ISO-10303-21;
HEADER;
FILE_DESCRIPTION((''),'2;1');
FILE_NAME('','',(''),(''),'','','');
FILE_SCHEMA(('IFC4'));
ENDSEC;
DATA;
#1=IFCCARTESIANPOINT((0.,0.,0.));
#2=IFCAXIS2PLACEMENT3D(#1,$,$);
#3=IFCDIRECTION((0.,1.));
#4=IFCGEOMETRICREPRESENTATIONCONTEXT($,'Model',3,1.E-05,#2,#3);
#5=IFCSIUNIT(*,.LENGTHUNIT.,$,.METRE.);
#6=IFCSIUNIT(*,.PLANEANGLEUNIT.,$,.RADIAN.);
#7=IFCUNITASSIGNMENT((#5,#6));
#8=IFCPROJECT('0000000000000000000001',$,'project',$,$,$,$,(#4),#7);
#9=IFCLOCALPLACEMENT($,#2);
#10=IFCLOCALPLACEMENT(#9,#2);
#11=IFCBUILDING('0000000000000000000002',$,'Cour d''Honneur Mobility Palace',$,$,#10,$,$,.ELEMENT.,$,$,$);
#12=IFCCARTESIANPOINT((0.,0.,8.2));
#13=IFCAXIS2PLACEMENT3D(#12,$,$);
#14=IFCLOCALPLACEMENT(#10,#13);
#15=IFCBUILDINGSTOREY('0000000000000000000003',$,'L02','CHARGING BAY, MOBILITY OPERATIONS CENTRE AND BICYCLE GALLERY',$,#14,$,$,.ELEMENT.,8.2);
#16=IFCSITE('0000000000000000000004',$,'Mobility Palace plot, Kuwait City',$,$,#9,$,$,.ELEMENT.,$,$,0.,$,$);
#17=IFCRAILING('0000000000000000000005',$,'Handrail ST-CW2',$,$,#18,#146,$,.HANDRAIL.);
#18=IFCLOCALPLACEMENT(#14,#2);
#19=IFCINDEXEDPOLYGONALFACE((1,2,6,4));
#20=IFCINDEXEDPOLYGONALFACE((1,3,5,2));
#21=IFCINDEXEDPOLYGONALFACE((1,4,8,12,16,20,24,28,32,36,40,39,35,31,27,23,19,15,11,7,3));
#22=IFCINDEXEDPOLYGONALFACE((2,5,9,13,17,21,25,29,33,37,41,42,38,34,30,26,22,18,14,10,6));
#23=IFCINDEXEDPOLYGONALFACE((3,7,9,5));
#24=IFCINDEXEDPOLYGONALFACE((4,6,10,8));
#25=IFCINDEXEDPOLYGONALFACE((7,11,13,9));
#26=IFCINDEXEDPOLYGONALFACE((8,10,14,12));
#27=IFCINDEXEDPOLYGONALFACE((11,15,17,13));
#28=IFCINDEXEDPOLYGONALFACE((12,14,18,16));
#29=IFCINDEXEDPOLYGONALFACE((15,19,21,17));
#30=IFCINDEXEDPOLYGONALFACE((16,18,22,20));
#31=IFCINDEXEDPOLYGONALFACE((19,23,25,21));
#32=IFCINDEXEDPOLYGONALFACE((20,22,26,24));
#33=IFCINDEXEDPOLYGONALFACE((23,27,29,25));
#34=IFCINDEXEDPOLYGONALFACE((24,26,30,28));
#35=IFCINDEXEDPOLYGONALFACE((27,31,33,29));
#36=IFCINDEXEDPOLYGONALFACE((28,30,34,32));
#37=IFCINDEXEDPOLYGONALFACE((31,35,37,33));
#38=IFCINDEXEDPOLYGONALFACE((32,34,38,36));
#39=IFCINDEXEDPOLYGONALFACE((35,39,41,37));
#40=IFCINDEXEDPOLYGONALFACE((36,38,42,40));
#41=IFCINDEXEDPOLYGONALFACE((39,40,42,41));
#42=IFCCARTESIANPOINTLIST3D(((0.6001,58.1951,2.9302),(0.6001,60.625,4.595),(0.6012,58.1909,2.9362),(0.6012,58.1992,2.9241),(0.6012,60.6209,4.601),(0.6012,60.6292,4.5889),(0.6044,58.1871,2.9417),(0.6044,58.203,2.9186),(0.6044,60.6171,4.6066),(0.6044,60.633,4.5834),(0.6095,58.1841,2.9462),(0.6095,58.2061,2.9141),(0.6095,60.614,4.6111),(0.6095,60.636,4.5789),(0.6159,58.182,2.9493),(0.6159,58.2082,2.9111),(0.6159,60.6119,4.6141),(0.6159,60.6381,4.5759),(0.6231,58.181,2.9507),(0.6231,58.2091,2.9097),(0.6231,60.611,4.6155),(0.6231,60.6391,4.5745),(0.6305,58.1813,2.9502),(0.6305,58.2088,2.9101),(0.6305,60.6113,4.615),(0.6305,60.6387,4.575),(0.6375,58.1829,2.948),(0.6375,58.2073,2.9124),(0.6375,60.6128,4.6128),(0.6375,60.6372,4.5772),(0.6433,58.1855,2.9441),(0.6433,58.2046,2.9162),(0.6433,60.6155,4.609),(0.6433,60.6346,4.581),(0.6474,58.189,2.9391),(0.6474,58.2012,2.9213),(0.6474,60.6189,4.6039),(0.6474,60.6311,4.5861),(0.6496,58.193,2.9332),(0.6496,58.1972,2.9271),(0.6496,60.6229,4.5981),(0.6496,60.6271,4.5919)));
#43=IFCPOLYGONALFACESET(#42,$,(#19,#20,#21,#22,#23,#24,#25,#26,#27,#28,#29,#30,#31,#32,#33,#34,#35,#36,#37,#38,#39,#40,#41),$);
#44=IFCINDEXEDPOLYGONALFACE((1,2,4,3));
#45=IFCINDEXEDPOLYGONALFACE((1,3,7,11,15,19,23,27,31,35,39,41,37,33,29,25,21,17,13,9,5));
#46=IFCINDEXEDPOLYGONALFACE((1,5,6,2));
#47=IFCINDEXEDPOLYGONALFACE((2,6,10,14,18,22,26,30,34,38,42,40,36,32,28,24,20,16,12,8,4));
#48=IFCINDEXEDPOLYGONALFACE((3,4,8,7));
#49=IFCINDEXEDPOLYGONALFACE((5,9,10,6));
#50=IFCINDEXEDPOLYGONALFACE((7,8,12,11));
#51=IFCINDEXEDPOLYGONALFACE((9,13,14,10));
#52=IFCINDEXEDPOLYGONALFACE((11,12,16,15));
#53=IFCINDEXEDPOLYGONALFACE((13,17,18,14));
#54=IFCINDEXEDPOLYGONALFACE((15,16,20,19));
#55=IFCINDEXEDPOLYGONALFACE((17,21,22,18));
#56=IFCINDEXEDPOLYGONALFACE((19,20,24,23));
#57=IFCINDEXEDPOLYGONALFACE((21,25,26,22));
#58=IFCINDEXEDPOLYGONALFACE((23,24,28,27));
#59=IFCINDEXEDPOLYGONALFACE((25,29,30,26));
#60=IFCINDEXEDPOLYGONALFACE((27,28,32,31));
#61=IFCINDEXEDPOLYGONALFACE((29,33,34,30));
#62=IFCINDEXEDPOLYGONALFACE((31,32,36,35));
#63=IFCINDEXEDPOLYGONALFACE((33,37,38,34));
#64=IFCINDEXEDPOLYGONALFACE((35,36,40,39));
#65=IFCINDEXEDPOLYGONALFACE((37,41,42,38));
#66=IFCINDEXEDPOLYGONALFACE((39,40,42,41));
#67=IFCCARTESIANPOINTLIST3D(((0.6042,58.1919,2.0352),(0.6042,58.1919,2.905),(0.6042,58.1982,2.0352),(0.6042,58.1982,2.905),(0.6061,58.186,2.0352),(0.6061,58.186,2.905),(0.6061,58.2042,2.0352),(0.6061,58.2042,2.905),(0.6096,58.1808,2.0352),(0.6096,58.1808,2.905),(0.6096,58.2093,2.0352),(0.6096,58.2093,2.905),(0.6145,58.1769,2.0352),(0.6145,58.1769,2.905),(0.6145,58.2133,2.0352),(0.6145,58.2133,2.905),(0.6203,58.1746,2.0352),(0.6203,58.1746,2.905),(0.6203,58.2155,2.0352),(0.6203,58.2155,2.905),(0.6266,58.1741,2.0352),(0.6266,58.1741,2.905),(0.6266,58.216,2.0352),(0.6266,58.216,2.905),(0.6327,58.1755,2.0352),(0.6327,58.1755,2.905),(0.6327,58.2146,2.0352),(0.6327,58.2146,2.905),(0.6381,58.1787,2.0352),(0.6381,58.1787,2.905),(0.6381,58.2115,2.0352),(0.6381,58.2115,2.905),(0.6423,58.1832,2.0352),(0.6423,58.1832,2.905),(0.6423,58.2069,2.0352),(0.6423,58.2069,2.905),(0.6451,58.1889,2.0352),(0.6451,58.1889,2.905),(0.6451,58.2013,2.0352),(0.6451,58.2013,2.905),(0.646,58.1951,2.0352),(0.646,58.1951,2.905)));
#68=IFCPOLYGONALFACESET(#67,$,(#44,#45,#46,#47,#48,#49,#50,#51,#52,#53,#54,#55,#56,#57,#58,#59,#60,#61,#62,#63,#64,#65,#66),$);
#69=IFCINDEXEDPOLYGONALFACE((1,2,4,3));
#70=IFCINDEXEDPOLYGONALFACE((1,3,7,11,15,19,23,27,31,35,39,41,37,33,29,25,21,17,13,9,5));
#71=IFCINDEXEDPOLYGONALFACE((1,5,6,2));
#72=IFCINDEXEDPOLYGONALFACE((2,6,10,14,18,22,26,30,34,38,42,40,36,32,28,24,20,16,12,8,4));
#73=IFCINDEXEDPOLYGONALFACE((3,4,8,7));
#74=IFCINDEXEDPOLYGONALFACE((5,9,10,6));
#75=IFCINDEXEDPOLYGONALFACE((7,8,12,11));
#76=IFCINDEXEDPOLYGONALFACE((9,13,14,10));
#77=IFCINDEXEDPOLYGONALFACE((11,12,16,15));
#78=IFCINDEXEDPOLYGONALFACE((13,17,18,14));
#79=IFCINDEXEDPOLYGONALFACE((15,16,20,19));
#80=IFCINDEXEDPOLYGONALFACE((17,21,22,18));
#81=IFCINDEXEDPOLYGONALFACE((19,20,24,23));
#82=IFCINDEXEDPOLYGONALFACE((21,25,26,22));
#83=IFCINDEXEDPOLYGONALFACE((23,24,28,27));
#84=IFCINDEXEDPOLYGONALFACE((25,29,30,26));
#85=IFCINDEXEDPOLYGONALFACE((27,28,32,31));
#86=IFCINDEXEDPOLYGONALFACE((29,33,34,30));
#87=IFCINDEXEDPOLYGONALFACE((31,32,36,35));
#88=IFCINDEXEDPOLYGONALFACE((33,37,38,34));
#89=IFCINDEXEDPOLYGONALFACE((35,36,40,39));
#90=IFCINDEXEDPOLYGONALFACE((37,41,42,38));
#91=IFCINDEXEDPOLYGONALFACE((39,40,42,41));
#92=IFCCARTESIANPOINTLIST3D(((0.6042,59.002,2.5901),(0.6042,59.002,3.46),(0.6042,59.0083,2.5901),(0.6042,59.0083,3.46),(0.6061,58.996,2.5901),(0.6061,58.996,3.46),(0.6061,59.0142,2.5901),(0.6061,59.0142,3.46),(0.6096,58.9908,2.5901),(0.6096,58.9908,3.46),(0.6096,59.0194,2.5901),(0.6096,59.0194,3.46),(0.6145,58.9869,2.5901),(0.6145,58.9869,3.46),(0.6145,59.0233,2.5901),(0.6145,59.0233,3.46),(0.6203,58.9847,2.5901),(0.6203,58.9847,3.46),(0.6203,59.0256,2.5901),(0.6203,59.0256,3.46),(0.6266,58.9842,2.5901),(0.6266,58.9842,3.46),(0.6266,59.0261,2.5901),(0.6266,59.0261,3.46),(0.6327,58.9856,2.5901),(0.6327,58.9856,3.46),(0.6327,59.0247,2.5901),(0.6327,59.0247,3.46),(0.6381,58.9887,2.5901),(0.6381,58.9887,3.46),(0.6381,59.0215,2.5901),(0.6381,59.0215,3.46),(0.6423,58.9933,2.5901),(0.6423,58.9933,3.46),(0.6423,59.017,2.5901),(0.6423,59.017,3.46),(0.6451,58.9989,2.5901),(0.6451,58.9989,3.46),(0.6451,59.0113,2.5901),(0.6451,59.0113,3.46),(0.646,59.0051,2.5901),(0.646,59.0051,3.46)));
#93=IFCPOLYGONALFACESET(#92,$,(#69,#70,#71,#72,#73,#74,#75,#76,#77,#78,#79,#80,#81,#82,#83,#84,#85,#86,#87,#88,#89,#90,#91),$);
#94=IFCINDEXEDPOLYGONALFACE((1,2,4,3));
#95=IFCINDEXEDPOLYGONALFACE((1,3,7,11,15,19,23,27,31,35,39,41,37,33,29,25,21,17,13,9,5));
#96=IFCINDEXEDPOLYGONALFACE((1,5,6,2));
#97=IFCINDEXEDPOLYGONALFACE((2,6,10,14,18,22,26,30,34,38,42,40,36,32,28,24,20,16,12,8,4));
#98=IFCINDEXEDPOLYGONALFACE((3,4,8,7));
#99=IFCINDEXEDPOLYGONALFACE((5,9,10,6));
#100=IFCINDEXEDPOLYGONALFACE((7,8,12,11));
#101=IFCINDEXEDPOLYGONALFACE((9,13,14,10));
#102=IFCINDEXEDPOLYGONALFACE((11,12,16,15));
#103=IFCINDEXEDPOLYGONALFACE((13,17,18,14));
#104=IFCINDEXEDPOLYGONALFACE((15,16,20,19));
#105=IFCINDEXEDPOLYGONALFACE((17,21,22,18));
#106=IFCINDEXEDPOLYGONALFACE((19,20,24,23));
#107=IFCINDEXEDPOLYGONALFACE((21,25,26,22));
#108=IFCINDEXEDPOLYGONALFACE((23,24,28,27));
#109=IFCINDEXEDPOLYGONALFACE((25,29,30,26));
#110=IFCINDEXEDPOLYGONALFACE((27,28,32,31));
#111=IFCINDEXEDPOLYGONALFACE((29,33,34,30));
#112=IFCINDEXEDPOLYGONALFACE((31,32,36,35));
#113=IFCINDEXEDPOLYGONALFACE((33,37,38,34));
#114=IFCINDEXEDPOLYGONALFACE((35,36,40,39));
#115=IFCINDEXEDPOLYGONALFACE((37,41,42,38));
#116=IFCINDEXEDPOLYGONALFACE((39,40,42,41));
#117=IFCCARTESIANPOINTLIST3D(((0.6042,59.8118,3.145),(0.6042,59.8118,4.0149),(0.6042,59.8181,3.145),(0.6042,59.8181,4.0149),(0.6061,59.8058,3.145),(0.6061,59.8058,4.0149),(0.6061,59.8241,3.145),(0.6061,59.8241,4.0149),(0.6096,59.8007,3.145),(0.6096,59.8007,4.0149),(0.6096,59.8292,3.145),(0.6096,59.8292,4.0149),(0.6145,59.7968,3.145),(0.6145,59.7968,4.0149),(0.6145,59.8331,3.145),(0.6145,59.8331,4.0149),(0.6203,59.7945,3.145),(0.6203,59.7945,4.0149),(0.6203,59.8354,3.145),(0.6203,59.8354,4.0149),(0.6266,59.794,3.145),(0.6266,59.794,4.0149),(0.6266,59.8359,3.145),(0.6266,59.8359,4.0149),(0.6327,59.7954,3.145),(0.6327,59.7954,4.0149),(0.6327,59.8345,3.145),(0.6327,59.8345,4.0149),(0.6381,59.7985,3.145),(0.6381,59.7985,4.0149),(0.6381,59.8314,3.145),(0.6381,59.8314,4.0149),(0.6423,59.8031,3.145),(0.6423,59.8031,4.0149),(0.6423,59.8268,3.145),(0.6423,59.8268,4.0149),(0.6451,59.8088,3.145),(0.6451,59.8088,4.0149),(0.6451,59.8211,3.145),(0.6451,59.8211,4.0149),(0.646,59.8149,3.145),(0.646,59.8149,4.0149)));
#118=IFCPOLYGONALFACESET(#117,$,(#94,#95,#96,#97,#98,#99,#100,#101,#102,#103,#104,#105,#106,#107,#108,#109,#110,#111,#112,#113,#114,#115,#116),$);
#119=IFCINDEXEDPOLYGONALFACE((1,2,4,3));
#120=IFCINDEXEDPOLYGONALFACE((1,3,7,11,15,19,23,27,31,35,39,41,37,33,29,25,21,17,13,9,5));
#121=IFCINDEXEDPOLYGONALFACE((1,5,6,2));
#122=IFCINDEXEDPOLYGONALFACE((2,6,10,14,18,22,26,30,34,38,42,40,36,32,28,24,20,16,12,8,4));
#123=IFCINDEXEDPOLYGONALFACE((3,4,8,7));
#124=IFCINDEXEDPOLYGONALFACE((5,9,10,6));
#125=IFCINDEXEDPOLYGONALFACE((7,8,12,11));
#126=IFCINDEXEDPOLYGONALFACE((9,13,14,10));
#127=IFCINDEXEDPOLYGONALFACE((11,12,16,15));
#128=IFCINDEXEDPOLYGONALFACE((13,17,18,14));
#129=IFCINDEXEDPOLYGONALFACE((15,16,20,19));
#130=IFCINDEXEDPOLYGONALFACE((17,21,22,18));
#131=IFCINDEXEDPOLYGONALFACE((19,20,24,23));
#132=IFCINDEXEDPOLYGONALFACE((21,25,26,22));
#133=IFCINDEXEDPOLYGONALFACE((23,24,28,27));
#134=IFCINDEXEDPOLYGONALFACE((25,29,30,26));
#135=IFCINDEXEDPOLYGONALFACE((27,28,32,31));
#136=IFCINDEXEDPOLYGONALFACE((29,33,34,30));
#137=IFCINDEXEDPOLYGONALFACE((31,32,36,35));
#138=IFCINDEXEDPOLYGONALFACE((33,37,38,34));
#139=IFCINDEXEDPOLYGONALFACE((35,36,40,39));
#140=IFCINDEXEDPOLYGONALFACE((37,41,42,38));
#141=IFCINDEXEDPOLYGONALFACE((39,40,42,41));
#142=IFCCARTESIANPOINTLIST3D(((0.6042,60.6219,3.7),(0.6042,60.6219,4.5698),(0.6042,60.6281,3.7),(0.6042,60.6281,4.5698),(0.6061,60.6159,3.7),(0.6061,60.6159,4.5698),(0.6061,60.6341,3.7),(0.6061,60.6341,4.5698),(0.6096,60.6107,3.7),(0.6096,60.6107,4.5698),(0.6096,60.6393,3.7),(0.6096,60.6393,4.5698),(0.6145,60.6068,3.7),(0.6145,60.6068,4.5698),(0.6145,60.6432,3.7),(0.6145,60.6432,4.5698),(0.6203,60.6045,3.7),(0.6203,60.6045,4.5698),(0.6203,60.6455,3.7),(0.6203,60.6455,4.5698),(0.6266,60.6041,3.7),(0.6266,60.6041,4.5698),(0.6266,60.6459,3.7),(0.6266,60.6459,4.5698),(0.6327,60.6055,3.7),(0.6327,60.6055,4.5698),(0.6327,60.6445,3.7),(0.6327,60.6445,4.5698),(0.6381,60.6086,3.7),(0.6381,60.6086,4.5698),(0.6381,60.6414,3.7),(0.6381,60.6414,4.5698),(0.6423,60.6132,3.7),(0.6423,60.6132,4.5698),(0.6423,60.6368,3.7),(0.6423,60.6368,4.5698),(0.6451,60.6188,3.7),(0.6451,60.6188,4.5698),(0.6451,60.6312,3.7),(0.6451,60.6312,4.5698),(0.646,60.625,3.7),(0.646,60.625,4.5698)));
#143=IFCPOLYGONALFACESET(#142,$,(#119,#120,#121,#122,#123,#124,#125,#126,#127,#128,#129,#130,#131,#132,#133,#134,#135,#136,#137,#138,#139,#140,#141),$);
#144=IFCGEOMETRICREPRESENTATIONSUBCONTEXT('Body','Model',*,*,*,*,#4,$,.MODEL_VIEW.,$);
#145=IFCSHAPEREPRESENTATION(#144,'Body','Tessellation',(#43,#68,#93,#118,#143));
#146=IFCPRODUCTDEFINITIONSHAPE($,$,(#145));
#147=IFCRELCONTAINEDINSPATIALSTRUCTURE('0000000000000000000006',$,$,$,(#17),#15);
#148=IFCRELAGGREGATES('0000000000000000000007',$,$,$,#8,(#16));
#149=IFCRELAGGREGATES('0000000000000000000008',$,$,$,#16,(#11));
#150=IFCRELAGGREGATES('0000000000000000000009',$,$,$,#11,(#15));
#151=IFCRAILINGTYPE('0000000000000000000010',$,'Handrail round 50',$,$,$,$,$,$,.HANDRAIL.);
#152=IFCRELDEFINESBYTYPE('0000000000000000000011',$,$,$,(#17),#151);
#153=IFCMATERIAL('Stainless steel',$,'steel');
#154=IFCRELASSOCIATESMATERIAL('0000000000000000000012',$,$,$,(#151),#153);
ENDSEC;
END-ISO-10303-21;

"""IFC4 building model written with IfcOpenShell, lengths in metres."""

from ifc_helpers import new_model, si_unit, direction, frame, origin, origin_2d, place, context, subcontext, project, spatial, circle, extrude, material, type_object, element, save


model = new_model("IFC4")

# Units and contexts
model_context = context("Model", 3, precision=1e-05, world=origin(), true_north=direction((0.0, 1.0)))
body_context = subcontext(model_context, "Body", "Model", "MODEL_VIEW")
ifc_project = project(units=[si_unit("LENGTHUNIT", "METRE"), si_unit("PLANEANGLEUNIT", "RADIAN")], contexts=[model_context])

# Site, building, storey
site_placement = place(None, origin())
site = spatial("IfcSite", under=ifc_project, at=site_placement, Name="Mobility Palace plot, Kuwait City", CompositionType="ELEMENT", RefElevation=0.0)
building_placement = place(site_placement, origin())
building = spatial("IfcBuilding", under=site, at=building_placement, Name="Cour d'Honneur Mobility Palace", CompositionType="ELEMENT")
storey_placement = place(building_placement, frame((0.0, 0.0, 8.2)))
storey = spatial("IfcBuildingStorey", under=building, at=storey_placement, Name="L02", Description="CHARGING BAY, MOBILITY OPERATIONS CENTRE AND BICYCLE GALLERY", CompositionType="ELEMENT", Elevation=8.2)

# Railing
ifc_material_1 = material(Name="Stainless steel", Category="steel")
railing_type_1 = type_object("IfcRailingType", Name="Handrail round 50", PredefinedType="HANDRAIL", material=ifc_material_1)
for number, where, name in (
    (1, (0.625, 58.1951, 2.0352), "Handrail ST-CW2"),
):
    element("IfcRailing", number, at=place(storey_placement, frame(where)), inside=storey, type_object=railing_type_1, Name=name, PredefinedType="HANDRAIL", context=body_context, shape_type="SweptSolid", body=[
        extrude(circle(Radius=0.0249, at=origin_2d()), frame((0.0, 0.0, 0.895), z_axis=(0.0, 0.824957, 0.565195), x_axis=(-1.0, 0.0, 0.0)), (0.0, 0.0, 1.0), 2.9456),
        extrude(circle(Radius=0.021, at=origin_2d()), origin(), (0.0, 0.0, 1.0), 0.8699),
        extrude(circle(Radius=0.021, at=origin_2d()), frame((0.0, 0.8101, 0.5549)), (0.0, 0.0, 1.0), 0.8699),
        extrude(circle(Radius=0.021, at=origin_2d()), frame((0.0, 1.6199, 1.1099)), (0.0, 0.0, 1.0), 0.8699),
        extrude(circle(Radius=0.021, at=origin_2d()), frame((0.0, 2.4299, 1.6648)), (0.0, 0.0, 1.0), 0.8699),
    ])

save(model, "model.ifc")
